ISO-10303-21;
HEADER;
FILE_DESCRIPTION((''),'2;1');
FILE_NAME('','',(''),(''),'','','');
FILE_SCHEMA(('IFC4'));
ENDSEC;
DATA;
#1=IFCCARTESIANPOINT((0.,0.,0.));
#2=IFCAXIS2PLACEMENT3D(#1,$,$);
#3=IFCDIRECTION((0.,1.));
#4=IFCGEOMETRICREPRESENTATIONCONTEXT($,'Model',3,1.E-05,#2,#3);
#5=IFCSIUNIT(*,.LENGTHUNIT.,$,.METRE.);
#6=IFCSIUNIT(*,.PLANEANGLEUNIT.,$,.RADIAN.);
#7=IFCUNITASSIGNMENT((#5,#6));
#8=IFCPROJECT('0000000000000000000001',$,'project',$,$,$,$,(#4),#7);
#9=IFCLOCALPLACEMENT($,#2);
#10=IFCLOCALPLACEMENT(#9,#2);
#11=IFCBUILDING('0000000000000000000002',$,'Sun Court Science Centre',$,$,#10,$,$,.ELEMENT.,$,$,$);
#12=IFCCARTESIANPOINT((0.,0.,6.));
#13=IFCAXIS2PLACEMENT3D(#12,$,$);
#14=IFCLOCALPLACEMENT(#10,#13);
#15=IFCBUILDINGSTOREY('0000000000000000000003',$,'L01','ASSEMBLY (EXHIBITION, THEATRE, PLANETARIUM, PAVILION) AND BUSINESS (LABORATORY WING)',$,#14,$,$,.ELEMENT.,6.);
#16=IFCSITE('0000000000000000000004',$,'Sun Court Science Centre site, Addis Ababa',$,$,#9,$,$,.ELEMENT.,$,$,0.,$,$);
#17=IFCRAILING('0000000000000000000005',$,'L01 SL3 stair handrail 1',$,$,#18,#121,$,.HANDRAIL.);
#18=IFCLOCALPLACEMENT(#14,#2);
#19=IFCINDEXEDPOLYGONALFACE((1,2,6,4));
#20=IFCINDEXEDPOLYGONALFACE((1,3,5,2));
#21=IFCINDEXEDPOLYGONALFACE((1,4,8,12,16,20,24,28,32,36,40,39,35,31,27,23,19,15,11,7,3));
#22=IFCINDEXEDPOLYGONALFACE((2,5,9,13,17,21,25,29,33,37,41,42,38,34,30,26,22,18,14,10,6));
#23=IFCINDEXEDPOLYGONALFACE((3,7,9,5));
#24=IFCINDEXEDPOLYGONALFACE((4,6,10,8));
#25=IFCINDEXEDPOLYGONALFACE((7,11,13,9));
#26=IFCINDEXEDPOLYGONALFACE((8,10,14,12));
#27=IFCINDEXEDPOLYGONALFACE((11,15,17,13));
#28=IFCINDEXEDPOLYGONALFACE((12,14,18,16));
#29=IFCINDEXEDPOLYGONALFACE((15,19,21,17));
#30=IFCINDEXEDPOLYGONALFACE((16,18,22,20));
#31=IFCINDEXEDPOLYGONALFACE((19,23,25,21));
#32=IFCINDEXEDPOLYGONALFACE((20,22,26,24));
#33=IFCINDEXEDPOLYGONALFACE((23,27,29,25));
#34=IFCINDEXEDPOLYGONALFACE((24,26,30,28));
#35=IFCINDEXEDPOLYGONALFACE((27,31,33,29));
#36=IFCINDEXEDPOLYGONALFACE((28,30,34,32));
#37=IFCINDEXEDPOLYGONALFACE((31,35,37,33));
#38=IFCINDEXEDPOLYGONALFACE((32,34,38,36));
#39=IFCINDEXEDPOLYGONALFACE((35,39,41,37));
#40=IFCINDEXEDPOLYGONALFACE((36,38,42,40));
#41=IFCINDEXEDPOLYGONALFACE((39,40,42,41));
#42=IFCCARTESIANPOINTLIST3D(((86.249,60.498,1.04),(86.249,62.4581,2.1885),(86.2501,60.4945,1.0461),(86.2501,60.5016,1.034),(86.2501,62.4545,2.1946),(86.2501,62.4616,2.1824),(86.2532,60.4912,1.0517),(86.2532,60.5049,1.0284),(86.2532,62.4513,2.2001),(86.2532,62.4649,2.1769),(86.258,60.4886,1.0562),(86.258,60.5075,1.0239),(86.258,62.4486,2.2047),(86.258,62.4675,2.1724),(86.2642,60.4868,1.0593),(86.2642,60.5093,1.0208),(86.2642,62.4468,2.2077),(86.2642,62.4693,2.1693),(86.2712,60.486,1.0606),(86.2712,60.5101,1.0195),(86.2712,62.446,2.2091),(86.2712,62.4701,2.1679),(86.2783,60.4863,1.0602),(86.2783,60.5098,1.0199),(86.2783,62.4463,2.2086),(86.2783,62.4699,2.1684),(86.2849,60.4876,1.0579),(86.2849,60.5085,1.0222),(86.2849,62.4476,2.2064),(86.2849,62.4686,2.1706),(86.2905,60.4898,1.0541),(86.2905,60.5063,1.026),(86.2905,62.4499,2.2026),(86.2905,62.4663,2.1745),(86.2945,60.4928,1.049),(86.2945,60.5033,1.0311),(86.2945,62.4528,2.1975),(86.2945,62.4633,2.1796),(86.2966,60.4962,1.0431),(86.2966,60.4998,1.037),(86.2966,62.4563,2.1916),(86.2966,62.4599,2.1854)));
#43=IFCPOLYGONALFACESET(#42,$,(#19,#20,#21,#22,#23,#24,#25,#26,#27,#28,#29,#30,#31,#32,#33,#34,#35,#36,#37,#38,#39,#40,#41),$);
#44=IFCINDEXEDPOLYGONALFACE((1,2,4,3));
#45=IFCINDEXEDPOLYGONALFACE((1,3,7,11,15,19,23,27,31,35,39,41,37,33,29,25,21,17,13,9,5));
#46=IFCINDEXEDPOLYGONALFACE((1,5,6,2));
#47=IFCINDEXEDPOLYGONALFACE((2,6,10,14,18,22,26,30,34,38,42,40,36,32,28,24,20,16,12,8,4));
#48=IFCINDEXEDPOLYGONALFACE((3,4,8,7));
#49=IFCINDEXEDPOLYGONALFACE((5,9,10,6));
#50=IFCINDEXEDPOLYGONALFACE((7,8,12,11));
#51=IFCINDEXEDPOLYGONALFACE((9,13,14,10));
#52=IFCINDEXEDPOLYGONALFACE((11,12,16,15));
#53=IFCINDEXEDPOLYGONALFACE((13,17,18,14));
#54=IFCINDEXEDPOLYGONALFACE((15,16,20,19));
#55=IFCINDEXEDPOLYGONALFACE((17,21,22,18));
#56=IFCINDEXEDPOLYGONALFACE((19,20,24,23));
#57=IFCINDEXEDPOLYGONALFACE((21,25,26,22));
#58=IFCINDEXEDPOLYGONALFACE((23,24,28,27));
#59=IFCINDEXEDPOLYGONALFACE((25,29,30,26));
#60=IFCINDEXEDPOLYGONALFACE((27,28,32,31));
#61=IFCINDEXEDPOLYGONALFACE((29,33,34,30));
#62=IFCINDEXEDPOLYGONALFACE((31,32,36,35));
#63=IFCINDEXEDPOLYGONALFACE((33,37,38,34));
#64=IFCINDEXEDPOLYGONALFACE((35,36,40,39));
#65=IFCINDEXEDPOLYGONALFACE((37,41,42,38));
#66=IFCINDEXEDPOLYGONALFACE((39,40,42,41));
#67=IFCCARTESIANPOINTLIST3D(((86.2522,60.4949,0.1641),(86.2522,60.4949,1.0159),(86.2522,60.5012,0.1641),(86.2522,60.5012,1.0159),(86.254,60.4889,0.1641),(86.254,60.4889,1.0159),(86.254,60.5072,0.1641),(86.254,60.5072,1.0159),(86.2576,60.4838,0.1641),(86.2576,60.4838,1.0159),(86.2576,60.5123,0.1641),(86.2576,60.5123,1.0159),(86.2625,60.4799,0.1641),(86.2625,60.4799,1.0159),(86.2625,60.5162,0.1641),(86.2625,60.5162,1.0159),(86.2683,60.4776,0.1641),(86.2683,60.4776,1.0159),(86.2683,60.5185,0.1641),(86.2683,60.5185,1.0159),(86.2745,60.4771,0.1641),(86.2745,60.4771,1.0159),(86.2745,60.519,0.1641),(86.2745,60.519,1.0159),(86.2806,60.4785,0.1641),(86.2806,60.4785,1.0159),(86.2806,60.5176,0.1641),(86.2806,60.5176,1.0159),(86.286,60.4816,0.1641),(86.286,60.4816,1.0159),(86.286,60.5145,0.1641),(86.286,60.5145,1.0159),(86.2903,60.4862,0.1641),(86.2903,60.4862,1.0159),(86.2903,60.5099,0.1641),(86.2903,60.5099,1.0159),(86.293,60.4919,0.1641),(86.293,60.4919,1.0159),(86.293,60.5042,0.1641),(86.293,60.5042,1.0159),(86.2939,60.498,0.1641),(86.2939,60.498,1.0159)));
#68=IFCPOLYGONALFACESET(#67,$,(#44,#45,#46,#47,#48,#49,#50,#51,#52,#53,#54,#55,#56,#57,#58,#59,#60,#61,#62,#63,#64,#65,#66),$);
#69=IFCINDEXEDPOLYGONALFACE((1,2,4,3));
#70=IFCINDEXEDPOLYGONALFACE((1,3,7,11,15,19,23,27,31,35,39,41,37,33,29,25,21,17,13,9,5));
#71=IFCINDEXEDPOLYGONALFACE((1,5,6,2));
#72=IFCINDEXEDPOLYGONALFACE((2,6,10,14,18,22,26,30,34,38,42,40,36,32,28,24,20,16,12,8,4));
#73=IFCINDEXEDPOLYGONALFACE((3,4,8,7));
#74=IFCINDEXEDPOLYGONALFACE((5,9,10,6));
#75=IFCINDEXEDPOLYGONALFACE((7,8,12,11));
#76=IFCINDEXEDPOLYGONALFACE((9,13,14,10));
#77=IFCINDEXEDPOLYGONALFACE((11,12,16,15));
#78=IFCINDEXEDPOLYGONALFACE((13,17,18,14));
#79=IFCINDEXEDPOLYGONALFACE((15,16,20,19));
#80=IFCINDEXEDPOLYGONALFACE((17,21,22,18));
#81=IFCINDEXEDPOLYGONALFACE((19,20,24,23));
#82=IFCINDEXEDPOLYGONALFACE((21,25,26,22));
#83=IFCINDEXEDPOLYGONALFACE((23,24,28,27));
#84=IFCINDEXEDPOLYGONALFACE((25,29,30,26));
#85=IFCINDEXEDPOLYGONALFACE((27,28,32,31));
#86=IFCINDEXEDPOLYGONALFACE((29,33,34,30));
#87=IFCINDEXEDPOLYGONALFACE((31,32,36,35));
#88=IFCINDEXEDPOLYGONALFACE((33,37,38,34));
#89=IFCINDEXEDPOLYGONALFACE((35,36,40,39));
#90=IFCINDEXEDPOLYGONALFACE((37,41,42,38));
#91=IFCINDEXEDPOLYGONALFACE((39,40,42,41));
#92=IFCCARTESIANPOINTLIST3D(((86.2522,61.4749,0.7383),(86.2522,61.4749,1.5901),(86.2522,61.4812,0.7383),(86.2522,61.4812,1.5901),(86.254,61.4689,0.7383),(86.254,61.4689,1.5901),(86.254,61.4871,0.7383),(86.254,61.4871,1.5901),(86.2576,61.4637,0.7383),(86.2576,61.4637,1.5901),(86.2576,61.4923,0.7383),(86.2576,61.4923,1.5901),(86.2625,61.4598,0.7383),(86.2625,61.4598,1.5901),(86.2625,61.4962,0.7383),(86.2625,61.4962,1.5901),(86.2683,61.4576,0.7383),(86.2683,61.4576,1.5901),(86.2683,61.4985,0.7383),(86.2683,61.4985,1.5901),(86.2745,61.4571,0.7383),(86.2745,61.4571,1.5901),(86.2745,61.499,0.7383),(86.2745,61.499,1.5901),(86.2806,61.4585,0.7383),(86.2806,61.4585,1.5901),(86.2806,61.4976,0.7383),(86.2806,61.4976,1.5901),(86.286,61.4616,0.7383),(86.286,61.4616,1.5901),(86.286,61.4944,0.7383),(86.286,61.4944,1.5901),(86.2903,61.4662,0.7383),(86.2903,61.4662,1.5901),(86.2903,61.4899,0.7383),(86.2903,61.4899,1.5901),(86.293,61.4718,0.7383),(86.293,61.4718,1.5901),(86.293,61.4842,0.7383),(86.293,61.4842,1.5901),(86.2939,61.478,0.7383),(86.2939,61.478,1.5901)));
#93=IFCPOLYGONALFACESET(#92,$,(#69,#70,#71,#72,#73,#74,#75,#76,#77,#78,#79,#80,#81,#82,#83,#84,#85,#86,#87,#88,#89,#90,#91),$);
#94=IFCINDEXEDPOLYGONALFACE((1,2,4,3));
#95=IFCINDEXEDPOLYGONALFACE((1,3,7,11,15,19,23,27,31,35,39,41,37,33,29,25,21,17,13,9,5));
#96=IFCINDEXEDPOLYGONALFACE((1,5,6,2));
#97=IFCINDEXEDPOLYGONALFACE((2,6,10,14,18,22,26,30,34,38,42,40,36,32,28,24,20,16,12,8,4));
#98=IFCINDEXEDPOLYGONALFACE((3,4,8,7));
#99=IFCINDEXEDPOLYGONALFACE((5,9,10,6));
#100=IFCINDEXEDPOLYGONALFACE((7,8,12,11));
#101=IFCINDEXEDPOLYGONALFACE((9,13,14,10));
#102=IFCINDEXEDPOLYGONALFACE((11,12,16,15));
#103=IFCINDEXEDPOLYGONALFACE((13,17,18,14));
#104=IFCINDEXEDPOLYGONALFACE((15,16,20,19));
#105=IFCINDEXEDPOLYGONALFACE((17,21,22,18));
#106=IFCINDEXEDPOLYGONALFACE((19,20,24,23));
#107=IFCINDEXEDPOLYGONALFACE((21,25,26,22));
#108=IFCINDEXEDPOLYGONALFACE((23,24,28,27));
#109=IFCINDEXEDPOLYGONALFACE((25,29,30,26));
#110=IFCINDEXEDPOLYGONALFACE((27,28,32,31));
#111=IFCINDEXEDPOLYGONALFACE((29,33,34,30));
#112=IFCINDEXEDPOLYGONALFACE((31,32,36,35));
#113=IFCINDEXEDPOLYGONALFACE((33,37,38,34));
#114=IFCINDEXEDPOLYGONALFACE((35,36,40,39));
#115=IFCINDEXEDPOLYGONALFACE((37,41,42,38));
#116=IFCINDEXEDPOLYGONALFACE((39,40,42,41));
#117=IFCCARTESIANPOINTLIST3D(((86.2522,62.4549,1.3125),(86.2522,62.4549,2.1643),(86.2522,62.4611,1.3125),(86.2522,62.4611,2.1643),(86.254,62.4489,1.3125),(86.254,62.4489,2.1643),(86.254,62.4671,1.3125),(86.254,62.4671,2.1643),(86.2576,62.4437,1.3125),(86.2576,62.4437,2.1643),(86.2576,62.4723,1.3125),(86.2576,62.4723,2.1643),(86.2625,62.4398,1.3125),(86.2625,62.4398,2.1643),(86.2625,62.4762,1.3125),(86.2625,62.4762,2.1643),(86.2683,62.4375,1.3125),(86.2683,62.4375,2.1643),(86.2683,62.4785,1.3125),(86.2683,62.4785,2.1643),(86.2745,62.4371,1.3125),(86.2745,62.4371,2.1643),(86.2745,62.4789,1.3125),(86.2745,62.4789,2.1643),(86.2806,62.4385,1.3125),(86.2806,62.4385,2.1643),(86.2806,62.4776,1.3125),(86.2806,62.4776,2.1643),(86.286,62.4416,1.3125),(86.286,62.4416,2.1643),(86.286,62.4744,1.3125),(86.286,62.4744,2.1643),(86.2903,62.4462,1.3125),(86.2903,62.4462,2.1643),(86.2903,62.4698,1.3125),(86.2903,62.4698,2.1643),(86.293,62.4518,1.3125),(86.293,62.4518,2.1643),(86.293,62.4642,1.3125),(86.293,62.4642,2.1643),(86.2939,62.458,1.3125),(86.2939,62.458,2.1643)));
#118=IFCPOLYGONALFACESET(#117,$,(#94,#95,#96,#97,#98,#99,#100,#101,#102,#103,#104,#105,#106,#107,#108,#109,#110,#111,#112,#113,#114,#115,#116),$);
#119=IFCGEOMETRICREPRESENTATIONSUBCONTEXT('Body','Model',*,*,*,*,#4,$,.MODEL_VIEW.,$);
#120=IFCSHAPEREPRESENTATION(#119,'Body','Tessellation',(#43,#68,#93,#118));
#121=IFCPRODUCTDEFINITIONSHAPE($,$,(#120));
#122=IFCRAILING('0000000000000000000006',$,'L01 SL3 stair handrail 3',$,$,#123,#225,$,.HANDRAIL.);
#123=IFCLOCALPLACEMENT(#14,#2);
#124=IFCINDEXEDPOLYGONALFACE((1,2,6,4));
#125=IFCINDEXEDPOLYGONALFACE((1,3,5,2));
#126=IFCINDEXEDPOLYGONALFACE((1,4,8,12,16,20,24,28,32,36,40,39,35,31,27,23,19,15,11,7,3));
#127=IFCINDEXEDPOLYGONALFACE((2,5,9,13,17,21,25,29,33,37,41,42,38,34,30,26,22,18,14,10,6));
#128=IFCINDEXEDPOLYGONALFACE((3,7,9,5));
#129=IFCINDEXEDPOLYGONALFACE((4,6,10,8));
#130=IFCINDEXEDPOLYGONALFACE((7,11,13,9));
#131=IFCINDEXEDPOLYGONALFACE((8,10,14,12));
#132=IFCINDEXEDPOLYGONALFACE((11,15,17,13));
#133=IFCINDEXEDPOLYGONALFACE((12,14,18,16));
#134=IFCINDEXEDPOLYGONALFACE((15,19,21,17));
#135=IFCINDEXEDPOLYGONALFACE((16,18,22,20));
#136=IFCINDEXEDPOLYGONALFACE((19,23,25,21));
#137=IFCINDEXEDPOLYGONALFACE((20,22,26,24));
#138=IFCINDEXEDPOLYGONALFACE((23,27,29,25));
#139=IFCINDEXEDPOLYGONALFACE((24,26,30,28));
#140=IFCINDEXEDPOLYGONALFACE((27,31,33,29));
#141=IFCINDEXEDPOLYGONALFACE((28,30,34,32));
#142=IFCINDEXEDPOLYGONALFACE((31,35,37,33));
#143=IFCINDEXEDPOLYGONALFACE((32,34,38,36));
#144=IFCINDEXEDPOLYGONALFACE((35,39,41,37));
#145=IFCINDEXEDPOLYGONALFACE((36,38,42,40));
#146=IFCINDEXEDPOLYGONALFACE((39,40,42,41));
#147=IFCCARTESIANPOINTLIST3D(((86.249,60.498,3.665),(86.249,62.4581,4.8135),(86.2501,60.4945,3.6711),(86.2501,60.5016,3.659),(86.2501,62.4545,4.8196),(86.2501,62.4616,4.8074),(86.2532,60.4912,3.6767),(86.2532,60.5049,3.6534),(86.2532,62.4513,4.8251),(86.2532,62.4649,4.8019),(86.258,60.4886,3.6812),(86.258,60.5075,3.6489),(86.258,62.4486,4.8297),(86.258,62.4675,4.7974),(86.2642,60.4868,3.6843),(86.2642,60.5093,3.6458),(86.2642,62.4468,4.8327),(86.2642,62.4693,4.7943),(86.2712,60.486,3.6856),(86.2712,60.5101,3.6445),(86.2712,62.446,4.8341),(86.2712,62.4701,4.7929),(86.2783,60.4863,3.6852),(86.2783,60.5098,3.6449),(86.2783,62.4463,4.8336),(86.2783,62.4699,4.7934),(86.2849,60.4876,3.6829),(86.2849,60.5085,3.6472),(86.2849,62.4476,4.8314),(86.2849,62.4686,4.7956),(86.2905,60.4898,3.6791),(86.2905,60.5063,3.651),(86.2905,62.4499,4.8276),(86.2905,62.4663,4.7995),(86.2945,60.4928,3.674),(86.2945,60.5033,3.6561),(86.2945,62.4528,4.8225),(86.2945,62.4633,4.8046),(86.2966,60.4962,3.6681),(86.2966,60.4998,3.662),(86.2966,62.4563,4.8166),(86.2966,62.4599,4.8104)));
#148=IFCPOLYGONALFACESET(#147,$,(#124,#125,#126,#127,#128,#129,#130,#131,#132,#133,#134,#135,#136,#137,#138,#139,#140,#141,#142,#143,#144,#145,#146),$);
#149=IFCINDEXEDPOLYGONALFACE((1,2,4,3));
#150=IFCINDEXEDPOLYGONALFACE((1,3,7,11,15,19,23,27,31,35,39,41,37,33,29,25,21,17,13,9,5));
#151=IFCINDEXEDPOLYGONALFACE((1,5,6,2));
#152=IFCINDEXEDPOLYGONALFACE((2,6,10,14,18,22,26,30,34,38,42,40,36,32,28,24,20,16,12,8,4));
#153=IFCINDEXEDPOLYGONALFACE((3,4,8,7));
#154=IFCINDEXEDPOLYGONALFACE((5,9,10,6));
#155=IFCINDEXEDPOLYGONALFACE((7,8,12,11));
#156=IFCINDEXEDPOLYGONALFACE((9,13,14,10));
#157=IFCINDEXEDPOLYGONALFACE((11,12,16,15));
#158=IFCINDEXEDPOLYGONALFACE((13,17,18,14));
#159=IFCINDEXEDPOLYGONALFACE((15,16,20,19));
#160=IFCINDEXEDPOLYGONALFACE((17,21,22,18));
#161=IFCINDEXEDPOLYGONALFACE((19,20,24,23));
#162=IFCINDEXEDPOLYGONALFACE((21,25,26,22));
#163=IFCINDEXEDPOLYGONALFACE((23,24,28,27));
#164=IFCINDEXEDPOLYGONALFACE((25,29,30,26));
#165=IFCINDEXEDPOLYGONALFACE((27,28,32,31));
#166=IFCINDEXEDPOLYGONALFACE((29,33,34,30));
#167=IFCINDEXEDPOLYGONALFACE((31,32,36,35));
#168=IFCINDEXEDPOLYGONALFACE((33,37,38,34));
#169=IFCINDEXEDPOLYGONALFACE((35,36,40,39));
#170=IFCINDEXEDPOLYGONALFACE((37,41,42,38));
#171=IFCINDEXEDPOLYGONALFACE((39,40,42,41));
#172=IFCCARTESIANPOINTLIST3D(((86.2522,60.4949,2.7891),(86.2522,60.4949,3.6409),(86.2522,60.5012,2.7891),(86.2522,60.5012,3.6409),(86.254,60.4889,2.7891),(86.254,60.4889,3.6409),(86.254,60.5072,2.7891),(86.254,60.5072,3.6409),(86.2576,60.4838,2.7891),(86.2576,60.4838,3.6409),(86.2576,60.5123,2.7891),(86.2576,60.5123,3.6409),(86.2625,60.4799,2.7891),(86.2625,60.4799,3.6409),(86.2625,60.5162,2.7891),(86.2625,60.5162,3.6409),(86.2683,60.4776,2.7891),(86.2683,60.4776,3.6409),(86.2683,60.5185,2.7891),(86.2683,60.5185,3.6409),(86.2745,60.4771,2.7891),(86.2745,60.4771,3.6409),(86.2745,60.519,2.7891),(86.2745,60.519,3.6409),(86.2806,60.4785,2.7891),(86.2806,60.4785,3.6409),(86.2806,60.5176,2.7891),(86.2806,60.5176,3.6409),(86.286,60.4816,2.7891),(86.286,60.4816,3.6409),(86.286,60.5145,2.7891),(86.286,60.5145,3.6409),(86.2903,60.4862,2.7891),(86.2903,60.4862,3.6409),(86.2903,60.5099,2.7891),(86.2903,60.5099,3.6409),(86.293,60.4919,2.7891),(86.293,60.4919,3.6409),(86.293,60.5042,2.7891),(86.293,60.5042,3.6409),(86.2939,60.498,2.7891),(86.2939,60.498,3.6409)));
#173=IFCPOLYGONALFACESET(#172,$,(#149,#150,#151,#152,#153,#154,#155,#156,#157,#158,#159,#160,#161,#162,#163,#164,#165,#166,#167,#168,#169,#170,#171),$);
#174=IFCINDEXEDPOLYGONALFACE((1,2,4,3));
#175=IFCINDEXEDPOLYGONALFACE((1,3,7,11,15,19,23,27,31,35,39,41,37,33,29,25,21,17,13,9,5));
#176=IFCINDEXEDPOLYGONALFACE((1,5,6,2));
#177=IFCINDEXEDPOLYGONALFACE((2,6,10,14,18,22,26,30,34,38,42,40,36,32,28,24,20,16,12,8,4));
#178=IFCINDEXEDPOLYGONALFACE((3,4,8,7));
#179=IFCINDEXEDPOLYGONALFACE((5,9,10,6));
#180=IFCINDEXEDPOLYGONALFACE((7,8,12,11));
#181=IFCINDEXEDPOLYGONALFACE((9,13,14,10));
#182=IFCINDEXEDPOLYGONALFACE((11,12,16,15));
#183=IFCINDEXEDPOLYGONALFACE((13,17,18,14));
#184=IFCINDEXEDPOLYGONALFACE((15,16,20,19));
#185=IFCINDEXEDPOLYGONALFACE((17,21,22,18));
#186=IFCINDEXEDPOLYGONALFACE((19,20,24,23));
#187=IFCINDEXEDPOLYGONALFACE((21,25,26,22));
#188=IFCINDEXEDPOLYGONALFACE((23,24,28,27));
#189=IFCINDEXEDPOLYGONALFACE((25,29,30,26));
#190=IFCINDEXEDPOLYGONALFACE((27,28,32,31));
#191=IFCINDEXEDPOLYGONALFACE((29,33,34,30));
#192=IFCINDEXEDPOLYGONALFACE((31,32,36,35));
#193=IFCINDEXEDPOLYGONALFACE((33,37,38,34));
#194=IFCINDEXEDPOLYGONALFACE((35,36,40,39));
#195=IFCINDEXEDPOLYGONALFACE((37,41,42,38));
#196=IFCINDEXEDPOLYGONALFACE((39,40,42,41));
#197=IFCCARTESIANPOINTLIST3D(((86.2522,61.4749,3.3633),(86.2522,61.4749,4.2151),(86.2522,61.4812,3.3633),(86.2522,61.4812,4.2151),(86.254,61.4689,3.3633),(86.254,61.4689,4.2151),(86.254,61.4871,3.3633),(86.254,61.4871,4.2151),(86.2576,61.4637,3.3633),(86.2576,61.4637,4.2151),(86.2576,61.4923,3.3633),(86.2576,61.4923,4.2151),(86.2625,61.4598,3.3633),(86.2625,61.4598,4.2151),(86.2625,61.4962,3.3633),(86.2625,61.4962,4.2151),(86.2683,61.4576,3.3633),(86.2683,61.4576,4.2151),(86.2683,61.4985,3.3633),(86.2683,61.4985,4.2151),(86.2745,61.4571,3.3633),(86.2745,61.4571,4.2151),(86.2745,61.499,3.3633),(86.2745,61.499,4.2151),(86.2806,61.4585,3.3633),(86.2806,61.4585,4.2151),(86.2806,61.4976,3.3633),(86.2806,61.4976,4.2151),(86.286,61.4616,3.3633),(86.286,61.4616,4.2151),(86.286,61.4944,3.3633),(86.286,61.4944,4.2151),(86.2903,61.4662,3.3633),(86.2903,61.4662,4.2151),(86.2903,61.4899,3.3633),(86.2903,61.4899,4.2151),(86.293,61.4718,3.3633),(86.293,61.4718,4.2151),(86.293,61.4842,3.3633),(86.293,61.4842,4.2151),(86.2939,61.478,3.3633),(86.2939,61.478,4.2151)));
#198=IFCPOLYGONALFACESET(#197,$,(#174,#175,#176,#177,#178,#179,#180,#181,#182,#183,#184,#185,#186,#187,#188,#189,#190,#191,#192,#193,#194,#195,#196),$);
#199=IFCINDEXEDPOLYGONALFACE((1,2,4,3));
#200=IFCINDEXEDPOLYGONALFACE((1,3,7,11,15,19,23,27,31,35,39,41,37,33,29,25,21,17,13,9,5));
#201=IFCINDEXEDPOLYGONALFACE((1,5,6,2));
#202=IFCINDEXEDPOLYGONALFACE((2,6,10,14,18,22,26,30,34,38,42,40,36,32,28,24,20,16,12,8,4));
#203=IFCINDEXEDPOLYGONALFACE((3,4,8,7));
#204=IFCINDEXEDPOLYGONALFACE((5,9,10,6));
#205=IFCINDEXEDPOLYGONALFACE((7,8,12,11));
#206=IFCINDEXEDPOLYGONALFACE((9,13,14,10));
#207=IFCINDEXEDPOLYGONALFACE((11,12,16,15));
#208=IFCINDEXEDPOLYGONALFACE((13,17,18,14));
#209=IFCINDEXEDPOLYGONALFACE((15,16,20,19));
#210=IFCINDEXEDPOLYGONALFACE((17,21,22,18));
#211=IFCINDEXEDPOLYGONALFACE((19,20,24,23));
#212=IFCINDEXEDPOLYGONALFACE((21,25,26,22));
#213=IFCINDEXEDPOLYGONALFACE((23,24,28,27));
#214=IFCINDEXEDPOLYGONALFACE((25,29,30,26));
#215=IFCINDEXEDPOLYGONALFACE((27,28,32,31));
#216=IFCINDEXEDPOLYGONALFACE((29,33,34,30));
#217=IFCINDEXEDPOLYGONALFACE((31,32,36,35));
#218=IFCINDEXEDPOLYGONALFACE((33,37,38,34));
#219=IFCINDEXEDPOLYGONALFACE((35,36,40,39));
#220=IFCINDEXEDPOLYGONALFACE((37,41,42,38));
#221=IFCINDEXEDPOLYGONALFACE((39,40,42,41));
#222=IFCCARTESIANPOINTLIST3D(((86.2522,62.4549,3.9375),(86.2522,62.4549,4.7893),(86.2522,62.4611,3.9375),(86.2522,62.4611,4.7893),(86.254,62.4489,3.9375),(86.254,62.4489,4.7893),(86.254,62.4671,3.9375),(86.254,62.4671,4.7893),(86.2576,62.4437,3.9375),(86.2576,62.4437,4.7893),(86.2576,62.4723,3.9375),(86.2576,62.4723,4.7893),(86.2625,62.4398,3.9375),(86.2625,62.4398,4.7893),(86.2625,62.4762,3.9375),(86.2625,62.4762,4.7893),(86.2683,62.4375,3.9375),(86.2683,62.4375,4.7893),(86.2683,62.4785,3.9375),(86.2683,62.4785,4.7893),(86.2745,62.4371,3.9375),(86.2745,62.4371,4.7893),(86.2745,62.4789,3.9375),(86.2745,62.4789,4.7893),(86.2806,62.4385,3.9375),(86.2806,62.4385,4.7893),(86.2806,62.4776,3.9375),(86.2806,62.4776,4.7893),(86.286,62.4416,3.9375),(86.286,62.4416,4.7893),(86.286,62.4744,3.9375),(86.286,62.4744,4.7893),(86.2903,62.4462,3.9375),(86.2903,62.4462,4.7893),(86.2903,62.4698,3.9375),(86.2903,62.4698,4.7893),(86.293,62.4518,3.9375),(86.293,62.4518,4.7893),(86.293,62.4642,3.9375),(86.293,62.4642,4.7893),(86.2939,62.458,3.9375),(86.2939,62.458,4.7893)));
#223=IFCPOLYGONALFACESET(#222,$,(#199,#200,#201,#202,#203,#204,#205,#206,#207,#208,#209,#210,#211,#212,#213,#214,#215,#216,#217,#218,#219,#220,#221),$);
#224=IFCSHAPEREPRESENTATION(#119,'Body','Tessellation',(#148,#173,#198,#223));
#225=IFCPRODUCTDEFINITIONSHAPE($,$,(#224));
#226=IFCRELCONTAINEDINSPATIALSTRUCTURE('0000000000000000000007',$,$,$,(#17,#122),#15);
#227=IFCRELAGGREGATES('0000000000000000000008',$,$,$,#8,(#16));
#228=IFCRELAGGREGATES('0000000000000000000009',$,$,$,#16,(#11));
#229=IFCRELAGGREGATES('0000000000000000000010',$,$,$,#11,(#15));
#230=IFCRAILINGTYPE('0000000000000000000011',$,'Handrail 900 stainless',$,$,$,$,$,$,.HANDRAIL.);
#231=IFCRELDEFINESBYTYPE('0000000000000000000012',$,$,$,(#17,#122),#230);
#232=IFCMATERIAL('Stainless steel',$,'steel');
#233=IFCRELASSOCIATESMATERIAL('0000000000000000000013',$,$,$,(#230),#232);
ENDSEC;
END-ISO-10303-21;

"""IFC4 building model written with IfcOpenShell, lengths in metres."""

from ifc_helpers import new_model, si_unit, direction, frame, origin, origin_2d, place, context, subcontext, project, spatial, circle, extrude, material, type_object, element, save


model = new_model("IFC4")

# Units and contexts
model_context = context("Model", 3, precision=1e-05, world=origin(), true_north=direction((0.0, 1.0)))
body_context = subcontext(model_context, "Body", "Model", "MODEL_VIEW")
ifc_project = project(units=[si_unit("LENGTHUNIT", "METRE"), si_unit("PLANEANGLEUNIT", "RADIAN")], contexts=[model_context])

# Site, building, storey
site_placement = place(None, origin())
site = spatial("IfcSite", under=ifc_project, at=site_placement, Name="Sun Court Science Centre site, Addis Ababa", CompositionType="ELEMENT", RefElevation=0.0)
building_placement = place(site_placement, origin())
building = spatial("IfcBuilding", under=site, at=building_placement, Name="Sun Court Science Centre", CompositionType="ELEMENT")
storey_placement = place(building_placement, frame((0.0, 0.0, 6.0)))
storey = spatial("IfcBuildingStorey", under=building, at=storey_placement, Name="L01", Description="ASSEMBLY (EXHIBITION, THEATRE, PLANETARIUM, PAVILION) AND BUSINESS (LABORATORY WING)", CompositionType="ELEMENT", Elevation=6.0)

# Railings
ifc_material_1 = material(Name="Stainless steel", Category="steel")
railing_type_1 = type_object("IfcRailingType", Name="Handrail 900 stainless", PredefinedType="HANDRAIL", material=ifc_material_1)
for number, where, name in (
    (1, (86.2729, 60.498, 0.1641), "L01 SL3 stair handrail 1"),
    (2, (86.2729, 60.498, 2.7891), "L01 SL3 stair handrail 3"),
):
    element("IfcRailing", number, at=place(storey_placement, frame(where)), inside=storey, type_object=railing_type_1, Name=name, PredefinedType="HANDRAIL", context=body_context, shape_type="SweptSolid", body=[
        extrude(circle(Radius=0.0239, at=origin_2d()), frame((0.0, 0.0, 0.876), z_axis=(0.0, 0.862795, 0.505554), x_axis=(-1.0, 0.0, 0.0)), (0.0, 0.0, 1.0), 2.2717),
        extrude(circle(Radius=0.021, at=origin_2d()), origin(), (0.0, 0.0, 1.0), 0.8518),
        extrude(circle(Radius=0.021, at=origin_2d()), frame((0.0, 0.98, 0.5742)), (0.0, 0.0, 1.0), 0.8518),
        extrude(circle(Radius=0.021, at=origin_2d()), frame((0.0, 1.96, 1.1484)), (0.0, 0.0, 1.0), 0.8518),
    ])

save(model, "model.ifc")
